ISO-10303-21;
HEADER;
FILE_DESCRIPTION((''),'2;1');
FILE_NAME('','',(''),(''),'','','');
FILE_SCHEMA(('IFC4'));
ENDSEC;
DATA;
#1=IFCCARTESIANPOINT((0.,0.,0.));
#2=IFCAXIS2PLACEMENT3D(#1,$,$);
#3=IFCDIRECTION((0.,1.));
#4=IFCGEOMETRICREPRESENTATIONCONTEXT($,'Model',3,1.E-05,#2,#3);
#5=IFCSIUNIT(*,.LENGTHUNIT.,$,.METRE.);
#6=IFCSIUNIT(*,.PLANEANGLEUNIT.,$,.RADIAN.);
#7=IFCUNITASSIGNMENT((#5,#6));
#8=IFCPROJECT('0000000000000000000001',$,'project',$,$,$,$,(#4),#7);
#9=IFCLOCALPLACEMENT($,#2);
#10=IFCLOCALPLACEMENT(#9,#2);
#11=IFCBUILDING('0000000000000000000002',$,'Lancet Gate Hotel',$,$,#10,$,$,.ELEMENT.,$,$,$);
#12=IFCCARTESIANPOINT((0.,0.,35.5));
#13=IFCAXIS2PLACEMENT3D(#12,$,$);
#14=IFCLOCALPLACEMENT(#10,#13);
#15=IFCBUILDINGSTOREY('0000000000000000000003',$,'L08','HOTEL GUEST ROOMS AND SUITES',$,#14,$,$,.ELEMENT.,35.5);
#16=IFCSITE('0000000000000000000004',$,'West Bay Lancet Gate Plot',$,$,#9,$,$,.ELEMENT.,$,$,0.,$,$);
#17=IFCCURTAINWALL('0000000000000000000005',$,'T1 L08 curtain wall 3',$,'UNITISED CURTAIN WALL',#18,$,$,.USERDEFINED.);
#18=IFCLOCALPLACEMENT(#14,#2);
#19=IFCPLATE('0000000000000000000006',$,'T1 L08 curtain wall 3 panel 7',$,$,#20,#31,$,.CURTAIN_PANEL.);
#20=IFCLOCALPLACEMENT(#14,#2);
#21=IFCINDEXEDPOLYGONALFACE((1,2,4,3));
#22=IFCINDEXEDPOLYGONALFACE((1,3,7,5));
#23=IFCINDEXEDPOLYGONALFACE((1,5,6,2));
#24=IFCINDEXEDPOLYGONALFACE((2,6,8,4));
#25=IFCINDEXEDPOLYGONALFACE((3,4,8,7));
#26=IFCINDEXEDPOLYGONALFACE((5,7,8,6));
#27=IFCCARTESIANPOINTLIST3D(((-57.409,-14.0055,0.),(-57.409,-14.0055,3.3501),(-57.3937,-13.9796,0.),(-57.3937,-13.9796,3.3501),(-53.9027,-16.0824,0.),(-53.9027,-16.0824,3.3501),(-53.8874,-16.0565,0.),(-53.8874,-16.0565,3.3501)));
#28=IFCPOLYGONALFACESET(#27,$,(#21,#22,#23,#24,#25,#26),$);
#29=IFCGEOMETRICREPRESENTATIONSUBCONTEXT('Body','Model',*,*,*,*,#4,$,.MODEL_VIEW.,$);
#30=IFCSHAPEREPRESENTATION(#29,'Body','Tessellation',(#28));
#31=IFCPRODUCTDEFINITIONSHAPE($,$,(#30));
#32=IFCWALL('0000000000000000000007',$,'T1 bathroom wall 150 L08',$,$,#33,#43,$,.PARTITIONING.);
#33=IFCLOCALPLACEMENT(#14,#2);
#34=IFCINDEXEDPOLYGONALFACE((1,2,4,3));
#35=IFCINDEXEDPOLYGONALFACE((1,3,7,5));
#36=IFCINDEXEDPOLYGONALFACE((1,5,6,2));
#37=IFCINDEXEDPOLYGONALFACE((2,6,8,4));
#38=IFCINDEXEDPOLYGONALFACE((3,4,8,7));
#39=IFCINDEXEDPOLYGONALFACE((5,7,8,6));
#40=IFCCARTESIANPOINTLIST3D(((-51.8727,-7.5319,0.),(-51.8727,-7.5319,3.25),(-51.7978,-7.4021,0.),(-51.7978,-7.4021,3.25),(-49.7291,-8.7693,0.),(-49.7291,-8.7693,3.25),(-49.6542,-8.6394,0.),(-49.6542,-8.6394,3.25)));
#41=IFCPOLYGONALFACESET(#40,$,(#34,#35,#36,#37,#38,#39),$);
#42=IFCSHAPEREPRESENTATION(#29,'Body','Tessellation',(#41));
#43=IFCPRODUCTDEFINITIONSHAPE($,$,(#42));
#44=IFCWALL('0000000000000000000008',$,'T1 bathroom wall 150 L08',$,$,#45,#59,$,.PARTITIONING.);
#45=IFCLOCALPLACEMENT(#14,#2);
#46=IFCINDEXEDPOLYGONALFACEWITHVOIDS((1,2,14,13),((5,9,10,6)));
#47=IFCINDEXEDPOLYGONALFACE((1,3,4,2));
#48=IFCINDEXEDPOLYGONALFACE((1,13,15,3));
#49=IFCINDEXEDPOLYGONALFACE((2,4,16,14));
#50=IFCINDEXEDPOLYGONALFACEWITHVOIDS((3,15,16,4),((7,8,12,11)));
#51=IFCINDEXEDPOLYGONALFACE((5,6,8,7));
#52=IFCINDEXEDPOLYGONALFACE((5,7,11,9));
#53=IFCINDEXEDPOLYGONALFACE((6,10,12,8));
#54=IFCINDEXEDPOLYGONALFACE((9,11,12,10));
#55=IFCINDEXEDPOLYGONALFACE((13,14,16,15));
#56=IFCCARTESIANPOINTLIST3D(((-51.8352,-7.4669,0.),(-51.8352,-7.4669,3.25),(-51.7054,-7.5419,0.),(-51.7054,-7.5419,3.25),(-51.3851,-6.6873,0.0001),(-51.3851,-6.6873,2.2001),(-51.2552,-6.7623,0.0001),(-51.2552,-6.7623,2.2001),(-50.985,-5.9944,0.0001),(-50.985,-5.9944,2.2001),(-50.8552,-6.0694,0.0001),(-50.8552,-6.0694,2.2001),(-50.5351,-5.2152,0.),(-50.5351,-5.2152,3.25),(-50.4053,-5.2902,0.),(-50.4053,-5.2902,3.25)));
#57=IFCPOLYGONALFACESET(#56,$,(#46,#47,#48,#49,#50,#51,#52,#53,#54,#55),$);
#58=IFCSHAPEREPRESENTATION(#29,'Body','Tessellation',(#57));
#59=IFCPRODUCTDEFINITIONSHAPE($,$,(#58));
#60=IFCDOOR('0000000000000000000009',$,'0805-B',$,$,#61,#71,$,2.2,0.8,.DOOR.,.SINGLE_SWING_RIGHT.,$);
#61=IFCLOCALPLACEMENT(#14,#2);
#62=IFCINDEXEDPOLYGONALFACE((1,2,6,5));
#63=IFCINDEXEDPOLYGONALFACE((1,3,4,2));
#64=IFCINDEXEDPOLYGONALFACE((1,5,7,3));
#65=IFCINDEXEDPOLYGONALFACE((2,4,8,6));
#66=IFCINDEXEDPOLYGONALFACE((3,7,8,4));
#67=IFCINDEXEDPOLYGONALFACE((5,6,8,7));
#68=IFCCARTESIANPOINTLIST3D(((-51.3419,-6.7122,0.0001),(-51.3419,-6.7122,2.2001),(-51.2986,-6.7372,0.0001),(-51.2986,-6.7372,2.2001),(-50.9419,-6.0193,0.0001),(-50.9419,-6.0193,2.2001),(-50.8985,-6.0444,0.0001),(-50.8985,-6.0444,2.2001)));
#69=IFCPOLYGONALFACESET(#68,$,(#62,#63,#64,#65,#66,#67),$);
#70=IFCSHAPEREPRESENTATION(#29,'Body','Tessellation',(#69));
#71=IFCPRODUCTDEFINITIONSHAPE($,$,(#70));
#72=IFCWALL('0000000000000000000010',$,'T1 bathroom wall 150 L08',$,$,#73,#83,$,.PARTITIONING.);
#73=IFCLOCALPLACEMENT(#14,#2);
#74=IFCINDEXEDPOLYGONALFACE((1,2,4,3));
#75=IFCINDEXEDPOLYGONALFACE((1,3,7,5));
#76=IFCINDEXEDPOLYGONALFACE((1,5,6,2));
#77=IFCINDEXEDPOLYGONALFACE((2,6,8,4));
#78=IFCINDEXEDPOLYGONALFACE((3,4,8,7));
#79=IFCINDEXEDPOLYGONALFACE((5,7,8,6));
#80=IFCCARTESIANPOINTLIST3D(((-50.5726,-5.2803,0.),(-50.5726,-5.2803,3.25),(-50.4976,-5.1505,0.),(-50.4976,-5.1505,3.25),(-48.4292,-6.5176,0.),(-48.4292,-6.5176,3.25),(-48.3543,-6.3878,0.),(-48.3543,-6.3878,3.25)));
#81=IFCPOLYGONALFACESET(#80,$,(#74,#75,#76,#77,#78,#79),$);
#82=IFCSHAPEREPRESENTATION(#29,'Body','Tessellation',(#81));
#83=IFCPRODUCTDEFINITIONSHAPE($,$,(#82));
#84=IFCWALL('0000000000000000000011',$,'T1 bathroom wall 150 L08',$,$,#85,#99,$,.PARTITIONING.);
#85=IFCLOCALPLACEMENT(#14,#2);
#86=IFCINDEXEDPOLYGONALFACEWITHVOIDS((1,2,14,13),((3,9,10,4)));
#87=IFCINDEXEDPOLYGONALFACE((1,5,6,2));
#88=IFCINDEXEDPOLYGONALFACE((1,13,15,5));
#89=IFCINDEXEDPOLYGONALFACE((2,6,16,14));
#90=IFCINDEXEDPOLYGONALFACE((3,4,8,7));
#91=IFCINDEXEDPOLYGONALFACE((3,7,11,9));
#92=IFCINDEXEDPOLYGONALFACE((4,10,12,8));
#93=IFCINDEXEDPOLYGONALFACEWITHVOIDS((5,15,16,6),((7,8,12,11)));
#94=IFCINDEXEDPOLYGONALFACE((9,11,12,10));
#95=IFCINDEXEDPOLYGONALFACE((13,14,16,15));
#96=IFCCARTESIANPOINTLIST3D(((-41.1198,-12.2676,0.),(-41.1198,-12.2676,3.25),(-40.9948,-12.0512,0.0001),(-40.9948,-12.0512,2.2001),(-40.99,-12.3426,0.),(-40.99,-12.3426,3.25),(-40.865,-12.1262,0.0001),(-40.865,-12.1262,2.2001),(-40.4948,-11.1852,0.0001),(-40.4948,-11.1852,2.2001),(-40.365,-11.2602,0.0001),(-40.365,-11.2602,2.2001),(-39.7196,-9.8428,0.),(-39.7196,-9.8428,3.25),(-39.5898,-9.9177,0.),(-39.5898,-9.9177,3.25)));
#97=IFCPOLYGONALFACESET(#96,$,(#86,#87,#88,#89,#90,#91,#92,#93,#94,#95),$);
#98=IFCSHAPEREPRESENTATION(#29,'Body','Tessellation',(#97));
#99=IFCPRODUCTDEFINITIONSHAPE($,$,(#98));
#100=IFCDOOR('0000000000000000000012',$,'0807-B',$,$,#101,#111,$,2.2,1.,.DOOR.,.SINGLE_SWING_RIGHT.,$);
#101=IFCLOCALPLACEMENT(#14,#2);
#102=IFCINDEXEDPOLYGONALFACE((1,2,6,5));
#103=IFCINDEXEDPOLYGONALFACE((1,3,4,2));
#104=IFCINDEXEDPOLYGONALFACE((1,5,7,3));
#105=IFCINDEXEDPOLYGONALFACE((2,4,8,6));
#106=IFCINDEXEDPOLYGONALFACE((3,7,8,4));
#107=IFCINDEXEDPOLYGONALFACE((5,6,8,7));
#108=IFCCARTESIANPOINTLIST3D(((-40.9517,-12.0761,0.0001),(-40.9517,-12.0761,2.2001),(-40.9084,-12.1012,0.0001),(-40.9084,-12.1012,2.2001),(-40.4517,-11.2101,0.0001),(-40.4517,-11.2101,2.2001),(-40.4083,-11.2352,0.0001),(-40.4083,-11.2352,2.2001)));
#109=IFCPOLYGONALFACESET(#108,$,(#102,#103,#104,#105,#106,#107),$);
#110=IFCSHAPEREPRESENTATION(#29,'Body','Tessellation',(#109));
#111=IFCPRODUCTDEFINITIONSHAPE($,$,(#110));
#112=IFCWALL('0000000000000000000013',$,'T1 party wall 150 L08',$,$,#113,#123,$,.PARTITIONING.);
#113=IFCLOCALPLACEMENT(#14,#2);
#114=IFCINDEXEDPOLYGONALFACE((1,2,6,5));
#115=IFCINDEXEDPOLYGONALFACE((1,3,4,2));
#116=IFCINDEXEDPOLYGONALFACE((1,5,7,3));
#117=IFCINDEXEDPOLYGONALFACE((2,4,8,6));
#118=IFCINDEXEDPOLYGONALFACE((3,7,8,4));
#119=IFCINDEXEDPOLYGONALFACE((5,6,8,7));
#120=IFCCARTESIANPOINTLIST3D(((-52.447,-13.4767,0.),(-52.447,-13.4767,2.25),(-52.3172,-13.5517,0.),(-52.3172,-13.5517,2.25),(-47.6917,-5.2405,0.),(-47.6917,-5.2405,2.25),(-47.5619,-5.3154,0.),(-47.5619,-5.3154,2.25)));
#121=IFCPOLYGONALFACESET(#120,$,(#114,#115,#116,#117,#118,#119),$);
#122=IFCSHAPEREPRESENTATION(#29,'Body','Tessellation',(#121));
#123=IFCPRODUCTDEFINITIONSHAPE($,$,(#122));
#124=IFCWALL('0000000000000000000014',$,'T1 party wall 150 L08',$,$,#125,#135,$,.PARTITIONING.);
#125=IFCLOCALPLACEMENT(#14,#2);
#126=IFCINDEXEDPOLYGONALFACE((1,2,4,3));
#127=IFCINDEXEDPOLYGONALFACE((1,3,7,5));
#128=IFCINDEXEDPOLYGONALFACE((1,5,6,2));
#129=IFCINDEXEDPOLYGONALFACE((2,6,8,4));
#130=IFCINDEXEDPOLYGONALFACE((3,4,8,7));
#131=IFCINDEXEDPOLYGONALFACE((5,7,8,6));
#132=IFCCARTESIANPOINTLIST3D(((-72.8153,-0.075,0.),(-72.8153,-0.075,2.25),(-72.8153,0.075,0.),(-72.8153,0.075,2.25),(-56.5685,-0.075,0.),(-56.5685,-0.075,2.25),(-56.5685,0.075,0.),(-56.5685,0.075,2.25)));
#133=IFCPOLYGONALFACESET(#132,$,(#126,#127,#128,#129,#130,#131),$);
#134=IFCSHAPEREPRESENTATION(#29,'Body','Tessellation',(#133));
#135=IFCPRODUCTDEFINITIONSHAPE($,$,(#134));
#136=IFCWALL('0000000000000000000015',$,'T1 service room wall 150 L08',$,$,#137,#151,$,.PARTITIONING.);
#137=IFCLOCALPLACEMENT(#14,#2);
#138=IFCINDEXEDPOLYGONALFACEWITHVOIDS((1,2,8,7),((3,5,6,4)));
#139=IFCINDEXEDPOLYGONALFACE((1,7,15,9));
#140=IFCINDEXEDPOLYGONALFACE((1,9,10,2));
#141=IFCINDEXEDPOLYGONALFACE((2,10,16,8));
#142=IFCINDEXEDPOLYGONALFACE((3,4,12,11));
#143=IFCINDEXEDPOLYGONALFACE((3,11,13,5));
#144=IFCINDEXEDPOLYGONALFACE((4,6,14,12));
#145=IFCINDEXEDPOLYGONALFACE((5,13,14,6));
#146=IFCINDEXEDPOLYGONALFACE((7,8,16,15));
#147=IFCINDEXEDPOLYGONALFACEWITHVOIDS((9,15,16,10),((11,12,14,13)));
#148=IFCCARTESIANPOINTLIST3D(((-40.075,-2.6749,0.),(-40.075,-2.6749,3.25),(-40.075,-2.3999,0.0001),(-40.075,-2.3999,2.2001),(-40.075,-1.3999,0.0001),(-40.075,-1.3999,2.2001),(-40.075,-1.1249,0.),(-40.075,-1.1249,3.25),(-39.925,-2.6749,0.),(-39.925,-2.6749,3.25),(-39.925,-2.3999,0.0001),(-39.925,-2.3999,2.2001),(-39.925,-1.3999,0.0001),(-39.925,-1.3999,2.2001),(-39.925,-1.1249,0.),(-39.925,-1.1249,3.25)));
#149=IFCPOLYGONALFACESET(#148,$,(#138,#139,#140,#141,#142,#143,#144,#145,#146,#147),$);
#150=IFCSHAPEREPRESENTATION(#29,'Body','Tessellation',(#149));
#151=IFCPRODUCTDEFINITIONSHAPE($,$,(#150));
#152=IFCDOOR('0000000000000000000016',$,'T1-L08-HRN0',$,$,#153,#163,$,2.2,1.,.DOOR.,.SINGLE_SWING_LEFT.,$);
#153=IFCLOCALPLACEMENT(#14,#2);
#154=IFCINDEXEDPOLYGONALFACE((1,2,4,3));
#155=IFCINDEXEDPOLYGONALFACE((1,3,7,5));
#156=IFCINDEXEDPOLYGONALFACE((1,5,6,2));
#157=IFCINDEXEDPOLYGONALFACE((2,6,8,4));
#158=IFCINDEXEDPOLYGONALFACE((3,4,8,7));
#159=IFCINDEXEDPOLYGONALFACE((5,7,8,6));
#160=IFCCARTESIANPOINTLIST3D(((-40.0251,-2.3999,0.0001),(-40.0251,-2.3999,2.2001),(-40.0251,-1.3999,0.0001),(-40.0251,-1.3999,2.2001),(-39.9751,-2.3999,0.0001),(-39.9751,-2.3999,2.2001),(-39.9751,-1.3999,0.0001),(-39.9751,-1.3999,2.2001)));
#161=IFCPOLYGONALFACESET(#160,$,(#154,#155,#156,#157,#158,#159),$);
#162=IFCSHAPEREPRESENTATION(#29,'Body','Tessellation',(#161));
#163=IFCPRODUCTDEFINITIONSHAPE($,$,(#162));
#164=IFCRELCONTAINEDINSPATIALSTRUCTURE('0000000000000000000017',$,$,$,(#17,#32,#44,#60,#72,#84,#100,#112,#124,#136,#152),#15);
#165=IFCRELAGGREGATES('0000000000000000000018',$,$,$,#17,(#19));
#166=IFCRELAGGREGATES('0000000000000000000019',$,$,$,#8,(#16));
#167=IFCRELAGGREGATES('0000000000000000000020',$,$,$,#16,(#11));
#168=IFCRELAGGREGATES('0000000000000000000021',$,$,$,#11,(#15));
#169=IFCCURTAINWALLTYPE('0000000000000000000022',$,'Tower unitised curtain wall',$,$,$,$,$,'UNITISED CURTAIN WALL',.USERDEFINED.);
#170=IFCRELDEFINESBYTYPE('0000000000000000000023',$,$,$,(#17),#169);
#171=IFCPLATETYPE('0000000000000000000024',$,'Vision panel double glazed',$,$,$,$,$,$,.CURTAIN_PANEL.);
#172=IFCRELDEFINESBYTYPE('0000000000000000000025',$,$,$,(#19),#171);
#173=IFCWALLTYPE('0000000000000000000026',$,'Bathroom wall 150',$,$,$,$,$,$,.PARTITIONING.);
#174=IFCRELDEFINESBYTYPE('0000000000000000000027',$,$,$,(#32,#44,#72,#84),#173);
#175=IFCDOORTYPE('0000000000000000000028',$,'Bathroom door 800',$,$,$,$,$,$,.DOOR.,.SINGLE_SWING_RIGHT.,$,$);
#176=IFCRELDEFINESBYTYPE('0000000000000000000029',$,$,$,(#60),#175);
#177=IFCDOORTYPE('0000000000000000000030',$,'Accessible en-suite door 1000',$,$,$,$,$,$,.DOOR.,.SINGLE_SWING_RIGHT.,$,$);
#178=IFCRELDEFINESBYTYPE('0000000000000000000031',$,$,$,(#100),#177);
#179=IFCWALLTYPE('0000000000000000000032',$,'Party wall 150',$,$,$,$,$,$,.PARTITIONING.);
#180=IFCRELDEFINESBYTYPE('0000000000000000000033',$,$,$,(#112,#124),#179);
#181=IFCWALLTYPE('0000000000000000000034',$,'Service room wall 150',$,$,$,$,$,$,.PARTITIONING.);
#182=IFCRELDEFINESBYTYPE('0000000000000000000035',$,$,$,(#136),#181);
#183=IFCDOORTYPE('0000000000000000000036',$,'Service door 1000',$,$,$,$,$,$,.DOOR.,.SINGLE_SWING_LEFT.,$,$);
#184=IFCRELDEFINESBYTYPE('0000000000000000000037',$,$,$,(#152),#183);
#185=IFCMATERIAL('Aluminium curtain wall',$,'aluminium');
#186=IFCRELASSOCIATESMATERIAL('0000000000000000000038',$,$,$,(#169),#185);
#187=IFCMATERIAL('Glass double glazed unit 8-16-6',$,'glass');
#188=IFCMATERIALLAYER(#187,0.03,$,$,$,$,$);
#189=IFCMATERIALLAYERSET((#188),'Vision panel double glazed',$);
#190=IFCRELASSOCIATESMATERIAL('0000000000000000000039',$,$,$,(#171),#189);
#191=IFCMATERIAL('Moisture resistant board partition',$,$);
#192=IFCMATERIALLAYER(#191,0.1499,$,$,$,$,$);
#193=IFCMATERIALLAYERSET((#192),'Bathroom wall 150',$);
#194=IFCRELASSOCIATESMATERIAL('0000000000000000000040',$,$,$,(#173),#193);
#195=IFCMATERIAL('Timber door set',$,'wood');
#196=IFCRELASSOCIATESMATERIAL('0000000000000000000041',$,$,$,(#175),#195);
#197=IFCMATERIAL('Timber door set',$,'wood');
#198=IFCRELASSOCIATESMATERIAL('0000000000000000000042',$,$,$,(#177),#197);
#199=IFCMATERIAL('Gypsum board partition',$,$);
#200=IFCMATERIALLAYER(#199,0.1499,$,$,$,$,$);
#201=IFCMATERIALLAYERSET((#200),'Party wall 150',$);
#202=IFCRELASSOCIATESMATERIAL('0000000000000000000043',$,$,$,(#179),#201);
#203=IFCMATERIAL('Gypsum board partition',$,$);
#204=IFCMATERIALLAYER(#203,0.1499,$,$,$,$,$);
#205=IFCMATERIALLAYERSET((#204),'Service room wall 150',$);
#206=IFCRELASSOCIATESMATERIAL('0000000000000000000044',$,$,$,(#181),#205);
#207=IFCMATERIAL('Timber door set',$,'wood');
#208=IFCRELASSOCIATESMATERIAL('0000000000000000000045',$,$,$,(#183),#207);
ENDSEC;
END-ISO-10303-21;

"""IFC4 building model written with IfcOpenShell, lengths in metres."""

from ifc_helpers import new_model, si_unit, direction, frame, frame_2d, origin, origin_2d, place, context, subcontext, project, spatial, rectangle, extrude, material, layer, layer_set, type_object, element, fill, aggregate, save


model = new_model("IFC4")

# Units and contexts
model_context = context("Model", 3, precision=1e-05, world=origin(), true_north=direction((0.0, 1.0)))
body_context = subcontext(model_context, "Body", "Model", "MODEL_VIEW")
ifc_project = project(units=[si_unit("LENGTHUNIT", "METRE"), si_unit("PLANEANGLEUNIT", "RADIAN")], contexts=[model_context])

# Site, building, storey
site_placement = place(None, origin())
site = spatial("IfcSite", under=ifc_project, at=site_placement, Name="West Bay Lancet Gate Plot", CompositionType="ELEMENT", RefElevation=0.0)
building_placement = place(site_placement, origin())
building = spatial("IfcBuilding", under=site, at=building_placement, Name="Lancet Gate Hotel", CompositionType="ELEMENT")
storey_placement = place(building_placement, frame((0.0, 0.0, 35.5)))
storey = spatial("IfcBuildingStorey", under=building, at=storey_placement, Name="L08", Description="HOTEL GUEST ROOMS AND SUITES", CompositionType="ELEMENT", Elevation=35.5)

# Curtain wall, plate
ifc_material_1 = material(Name="Aluminium curtain wall", Category="aluminium")
curtain_wall_type = type_object("IfcCurtainWallType", Name="Tower unitised curtain wall", ElementType="UNITISED CURTAIN WALL", PredefinedType="USERDEFINED", material=ifc_material_1)
curtain_wall_placement = place(storey_placement, origin())
curtain_wall = element("IfcCurtainWall", 1, at=curtain_wall_placement, inside=storey, type_object=curtain_wall_type, Name="T1 L08 curtain wall 3", ObjectType="UNITISED CURTAIN WALL", PredefinedType="USERDEFINED")
ifc_material_2 = material(Name="Glass double glazed unit 8-16-6", Category="glass")
ifc_layer_1 = layer(ifc_material_2, 0.03)
ifc_layer_set_1 = layer_set([ifc_layer_1], Name="Vision panel double glazed")
plate_type = type_object("IfcPlateType", Name="Vision panel double glazed", PredefinedType="CURTAIN_PANEL", material=ifc_layer_set_1)
plate_placement = place(storey_placement, frame((-55.6482, -15.031, 0.0), z_axis=(0.0, 0.0, 1.0), x_axis=(0.860382, -0.50965, 0.0)))
plate = element("IfcPlate", 2, at=plate_placement, type_object=plate_type, Name="T1 L08 curtain wall 3 panel 7", PredefinedType="CURTAIN_PANEL", context=body_context, shape_type="SweptSolid", body=[
    extrude(rectangle(XDim=4.0752, YDim=0.03, at=origin_2d()), origin(), (0.0, 0.0, 1.0), 3.3501),
])
aggregate(curtain_wall, [plate])

# Wall
ifc_material_3 = material(Name="Moisture resistant board partition")
ifc_layer_2 = layer(ifc_material_3, 0.1499)
ifc_layer_set_2 = layer_set([ifc_layer_2], Name="Bathroom wall 150")
wall_type_1 = type_object("IfcWallType", Name="Bathroom wall 150", PredefinedType="PARTITIONING", material=ifc_layer_set_2)
wall_1_placement = place(storey_placement, frame((-49.6917, -8.7043, 0.0), z_axis=(0.0, 0.0, 1.0), x_axis=(-0.866074, 0.499916, 0.0)))
element("IfcWall", 3, at=wall_1_placement, inside=storey, type_object=wall_type_1, Name="T1 bathroom wall 150 L08", PredefinedType="PARTITIONING", context=body_context, shape_type="SweptSolid", body=[
    extrude(rectangle(XDim=2.4751, YDim=0.1499, at=frame_2d((1.2375, 0.0))), origin(), (0.0, 0.0, 1.0), 3.25),
])

# Wall, opening, door
wall_2_placement = place(storey_placement, frame((-50.4702, -5.2527, 0.0), z_axis=(0.0, 0.0, 1.0), x_axis=(-0.500007, -0.866021, 0.0)))
wall_2 = element("IfcWall", 4, at=wall_2_placement, inside=storey, type_object=wall_type_1, Name="T1 bathroom wall 150 L08", PredefinedType="PARTITIONING", context=body_context, shape_type="SweptSolid", body=[
    extrude(rectangle(XDim=2.6001, YDim=0.1499, at=frame_2d((1.3, 0.0))), origin(), (0.0, 0.0, 1.0), 3.25),
])
opening_1_placement = place(wall_2_placement, frame((0.8999, 0.0, 0.0)))
opening_1 = element("IfcOpeningElement", 5, at=opening_1_placement, cuts=wall_2, PredefinedType="OPENING", context=body_context, shape_type="SweptSolid", body=[
    extrude(rectangle(XDim=0.8, YDim=2.2, at=frame_2d((0.3999, 1.1001))), frame((0.0, 0.085, 0.0), z_axis=(0.0, -1.0, 0.0), x_axis=(1.0, 0.0, 0.0)), (0.0, 0.0, 1.0), 0.1699),
])
ifc_material_4 = material(Name="Timber door set", Category="wood")
door_type_1 = type_object("IfcDoorType", Name="Bathroom door 800", OperationType="SINGLE_SWING_RIGHT", PredefinedType="DOOR", material=ifc_material_4)
door_1_placement = place(opening_1_placement, origin())
door_1 = element("IfcDoor", 6, at=door_1_placement, inside=storey, type_object=door_type_1, Name="0805-B", OperationType="SINGLE_SWING_RIGHT", OverallHeight=2.2, OverallWidth=0.8, PredefinedType="DOOR", context=body_context, shape_type="SweptSolid", body=[
    extrude(rectangle(XDim=0.8, YDim=2.2, at=frame_2d((0.3999, 1.1001))), frame((0.0, 0.0249, 0.0), z_axis=(0.0, -1.0, 0.0), x_axis=(1.0, 0.0, 0.0)), (0.0, 0.0, 1.0), 0.05),
])
fill(opening_1, door_1)

# Wall
wall_3_placement = place(storey_placement, frame((-48.3918, -6.4526, 0.0), z_axis=(0.0, 0.0, 1.0), x_axis=(-0.866049, 0.499959, 0.0)))
element("IfcWall", 7, at=wall_3_placement, inside=storey, type_object=wall_type_1, Name="T1 bathroom wall 150 L08", PredefinedType="PARTITIONING", context=body_context, shape_type="SweptSolid", body=[
    extrude(rectangle(XDim=2.4749, YDim=0.1499, at=frame_2d((1.2373, 0.0))), origin(), (0.0, 0.0, 1.0), 3.25),
])

# Wall, opening, door
wall_4_placement = place(storey_placement, frame((-39.6548, -9.8804, 0.0), z_axis=(0.0, 0.0, 1.0), x_axis=(-0.50005, -0.865997, 0.0)))
wall_4 = element("IfcWall", 8, at=wall_4_placement, inside=storey, type_object=wall_type_1, Name="T1 bathroom wall 150 L08", PredefinedType="PARTITIONING", context=body_context, shape_type="SweptSolid", body=[
    extrude(rectangle(XDim=2.8, YDim=0.1499, at=frame_2d((1.3999, 0.0))), origin(), (0.0, 0.0, 1.0), 3.25),
])
opening_2_placement = place(wall_4_placement, frame((1.55, 0.0, 0.0)))
opening_2 = element("IfcOpeningElement", 9, at=opening_2_placement, cuts=wall_4, PredefinedType="OPENING", context=body_context, shape_type="SweptSolid", body=[
    extrude(rectangle(XDim=1.0, YDim=2.2, at=frame_2d((0.5, 1.1001))), frame((0.0, 0.085, 0.0), z_axis=(0.0, -1.0, 0.0), x_axis=(1.0, 0.0, 0.0)), (0.0, 0.0, 1.0), 0.1699),
])
ifc_material_5 = material(Name="Timber door set", Category="wood")
door_type_2 = type_object("IfcDoorType", Name="Accessible en-suite door 1000", OperationType="SINGLE_SWING_RIGHT", PredefinedType="DOOR", material=ifc_material_5)
door_2_placement = place(opening_2_placement, origin())
door_2 = element("IfcDoor", 10, at=door_2_placement, inside=storey, type_object=door_type_2, Name="0807-B", OperationType="SINGLE_SWING_RIGHT", OverallHeight=2.2, OverallWidth=1.0, PredefinedType="DOOR", context=body_context, shape_type="SweptSolid", body=[
    extrude(rectangle(XDim=1.0, YDim=2.2, at=frame_2d((0.5, 1.1001))), frame((0.0, 0.0249, 0.0), z_axis=(0.0, -1.0, 0.0), x_axis=(1.0, 0.0, 0.0)), (0.0, 0.0, 1.0), 0.05),
])
fill(opening_2, door_2)

# Walls
ifc_material_6 = material(Name="Gypsum board partition")
ifc_layer_3 = layer(ifc_material_6, 0.1499)
ifc_layer_set_3 = layer_set([ifc_layer_3], Name="Party wall 150")
wall_type_2 = type_object("IfcWallType", Name="Party wall 150", PredefinedType="PARTITIONING", material=ifc_layer_set_3)
wall_5_placement = place(storey_placement, frame((-47.6267, -5.2778, 0.0), z_axis=(0.0, 0.0, 1.0), x_axis=(-0.50001, -0.86602, 0.0)))
element("IfcWall", 11, at=wall_5_placement, inside=storey, type_object=wall_type_2, Name="T1 party wall 150 L08", PredefinedType="PARTITIONING", context=body_context, shape_type="SweptSolid", body=[
    extrude(rectangle(XDim=9.5105, YDim=0.1499, at=frame_2d((4.7554, 0.0))), origin(), (0.0, 0.0, 1.0), 2.25),
])
wall_6_placement = place(storey_placement, frame((-56.5684, 0.0, 0.0), z_axis=(0.0, 0.0, 1.0), x_axis=(-1.0, 0.0, 0.0)))
element("IfcWall", 12, at=wall_6_placement, inside=storey, type_object=wall_type_2, Name="T1 party wall 150 L08", PredefinedType="PARTITIONING", context=body_context, shape_type="SweptSolid", body=[
    extrude(rectangle(XDim=16.2468, YDim=0.1499, at=frame_2d((8.1235, 0.0))), origin(), (0.0, 0.0, 1.0), 2.25),
])

# Wall, opening, door
ifc_material_7 = material(Name="Gypsum board partition")
ifc_layer_4 = layer(ifc_material_7, 0.1499)
ifc_layer_set_4 = layer_set([ifc_layer_4], Name="Service room wall 150")
wall_type_3 = type_object("IfcWallType", Name="Service room wall 150", PredefinedType="PARTITIONING", material=ifc_layer_set_4)
wall_7_placement = place(storey_placement, frame((-40.0, -1.125, 0.0), z_axis=(0.0, 0.0, 1.0), x_axis=(0.0, -1.0, 0.0)))
wall_7 = element("IfcWall", 13, at=wall_7_placement, inside=storey, type_object=wall_type_3, Name="T1 service room wall 150 L08", PredefinedType="PARTITIONING", context=body_context, shape_type="SweptSolid", body=[
    extrude(rectangle(XDim=1.55, YDim=0.1499, at=frame_2d((0.7749, 0.0))), origin(), (0.0, 0.0, 1.0), 3.25),
])
opening_3_placement = place(wall_7_placement, frame((0.2749, 0.0, 0.0)))
opening_3 = element("IfcOpeningElement", 14, at=opening_3_placement, cuts=wall_7, PredefinedType="OPENING", context=body_context, shape_type="SweptSolid", body=[
    extrude(rectangle(XDim=1.0, YDim=2.2, at=frame_2d((0.5, 1.1001))), frame((0.0, 0.085, 0.0), z_axis=(0.0, -1.0, 0.0), x_axis=(1.0, 0.0, 0.0)), (0.0, 0.0, 1.0), 0.1699),
])
ifc_material_8 = material(Name="Timber door set", Category="wood")
door_type_3 = type_object("IfcDoorType", Name="Service door 1000", OperationType="SINGLE_SWING_LEFT", PredefinedType="DOOR", material=ifc_material_8)
door_3_placement = place(opening_3_placement, origin())
door_3 = element("IfcDoor", 15, at=door_3_placement, inside=storey, type_object=door_type_3, Name="T1-L08-HRN0", OperationType="SINGLE_SWING_LEFT", OverallHeight=2.2, OverallWidth=1.0, PredefinedType="DOOR", context=body_context, shape_type="SweptSolid", body=[
    extrude(rectangle(XDim=1.0, YDim=2.2, at=frame_2d((0.5, 1.1001))), frame((0.0, 0.0249, 0.0), z_axis=(0.0, -1.0, 0.0), x_axis=(1.0, 0.0, 0.0)), (0.0, 0.0, 1.0), 0.05),
])
fill(opening_3, door_3)

save(model, "model.ifc")
